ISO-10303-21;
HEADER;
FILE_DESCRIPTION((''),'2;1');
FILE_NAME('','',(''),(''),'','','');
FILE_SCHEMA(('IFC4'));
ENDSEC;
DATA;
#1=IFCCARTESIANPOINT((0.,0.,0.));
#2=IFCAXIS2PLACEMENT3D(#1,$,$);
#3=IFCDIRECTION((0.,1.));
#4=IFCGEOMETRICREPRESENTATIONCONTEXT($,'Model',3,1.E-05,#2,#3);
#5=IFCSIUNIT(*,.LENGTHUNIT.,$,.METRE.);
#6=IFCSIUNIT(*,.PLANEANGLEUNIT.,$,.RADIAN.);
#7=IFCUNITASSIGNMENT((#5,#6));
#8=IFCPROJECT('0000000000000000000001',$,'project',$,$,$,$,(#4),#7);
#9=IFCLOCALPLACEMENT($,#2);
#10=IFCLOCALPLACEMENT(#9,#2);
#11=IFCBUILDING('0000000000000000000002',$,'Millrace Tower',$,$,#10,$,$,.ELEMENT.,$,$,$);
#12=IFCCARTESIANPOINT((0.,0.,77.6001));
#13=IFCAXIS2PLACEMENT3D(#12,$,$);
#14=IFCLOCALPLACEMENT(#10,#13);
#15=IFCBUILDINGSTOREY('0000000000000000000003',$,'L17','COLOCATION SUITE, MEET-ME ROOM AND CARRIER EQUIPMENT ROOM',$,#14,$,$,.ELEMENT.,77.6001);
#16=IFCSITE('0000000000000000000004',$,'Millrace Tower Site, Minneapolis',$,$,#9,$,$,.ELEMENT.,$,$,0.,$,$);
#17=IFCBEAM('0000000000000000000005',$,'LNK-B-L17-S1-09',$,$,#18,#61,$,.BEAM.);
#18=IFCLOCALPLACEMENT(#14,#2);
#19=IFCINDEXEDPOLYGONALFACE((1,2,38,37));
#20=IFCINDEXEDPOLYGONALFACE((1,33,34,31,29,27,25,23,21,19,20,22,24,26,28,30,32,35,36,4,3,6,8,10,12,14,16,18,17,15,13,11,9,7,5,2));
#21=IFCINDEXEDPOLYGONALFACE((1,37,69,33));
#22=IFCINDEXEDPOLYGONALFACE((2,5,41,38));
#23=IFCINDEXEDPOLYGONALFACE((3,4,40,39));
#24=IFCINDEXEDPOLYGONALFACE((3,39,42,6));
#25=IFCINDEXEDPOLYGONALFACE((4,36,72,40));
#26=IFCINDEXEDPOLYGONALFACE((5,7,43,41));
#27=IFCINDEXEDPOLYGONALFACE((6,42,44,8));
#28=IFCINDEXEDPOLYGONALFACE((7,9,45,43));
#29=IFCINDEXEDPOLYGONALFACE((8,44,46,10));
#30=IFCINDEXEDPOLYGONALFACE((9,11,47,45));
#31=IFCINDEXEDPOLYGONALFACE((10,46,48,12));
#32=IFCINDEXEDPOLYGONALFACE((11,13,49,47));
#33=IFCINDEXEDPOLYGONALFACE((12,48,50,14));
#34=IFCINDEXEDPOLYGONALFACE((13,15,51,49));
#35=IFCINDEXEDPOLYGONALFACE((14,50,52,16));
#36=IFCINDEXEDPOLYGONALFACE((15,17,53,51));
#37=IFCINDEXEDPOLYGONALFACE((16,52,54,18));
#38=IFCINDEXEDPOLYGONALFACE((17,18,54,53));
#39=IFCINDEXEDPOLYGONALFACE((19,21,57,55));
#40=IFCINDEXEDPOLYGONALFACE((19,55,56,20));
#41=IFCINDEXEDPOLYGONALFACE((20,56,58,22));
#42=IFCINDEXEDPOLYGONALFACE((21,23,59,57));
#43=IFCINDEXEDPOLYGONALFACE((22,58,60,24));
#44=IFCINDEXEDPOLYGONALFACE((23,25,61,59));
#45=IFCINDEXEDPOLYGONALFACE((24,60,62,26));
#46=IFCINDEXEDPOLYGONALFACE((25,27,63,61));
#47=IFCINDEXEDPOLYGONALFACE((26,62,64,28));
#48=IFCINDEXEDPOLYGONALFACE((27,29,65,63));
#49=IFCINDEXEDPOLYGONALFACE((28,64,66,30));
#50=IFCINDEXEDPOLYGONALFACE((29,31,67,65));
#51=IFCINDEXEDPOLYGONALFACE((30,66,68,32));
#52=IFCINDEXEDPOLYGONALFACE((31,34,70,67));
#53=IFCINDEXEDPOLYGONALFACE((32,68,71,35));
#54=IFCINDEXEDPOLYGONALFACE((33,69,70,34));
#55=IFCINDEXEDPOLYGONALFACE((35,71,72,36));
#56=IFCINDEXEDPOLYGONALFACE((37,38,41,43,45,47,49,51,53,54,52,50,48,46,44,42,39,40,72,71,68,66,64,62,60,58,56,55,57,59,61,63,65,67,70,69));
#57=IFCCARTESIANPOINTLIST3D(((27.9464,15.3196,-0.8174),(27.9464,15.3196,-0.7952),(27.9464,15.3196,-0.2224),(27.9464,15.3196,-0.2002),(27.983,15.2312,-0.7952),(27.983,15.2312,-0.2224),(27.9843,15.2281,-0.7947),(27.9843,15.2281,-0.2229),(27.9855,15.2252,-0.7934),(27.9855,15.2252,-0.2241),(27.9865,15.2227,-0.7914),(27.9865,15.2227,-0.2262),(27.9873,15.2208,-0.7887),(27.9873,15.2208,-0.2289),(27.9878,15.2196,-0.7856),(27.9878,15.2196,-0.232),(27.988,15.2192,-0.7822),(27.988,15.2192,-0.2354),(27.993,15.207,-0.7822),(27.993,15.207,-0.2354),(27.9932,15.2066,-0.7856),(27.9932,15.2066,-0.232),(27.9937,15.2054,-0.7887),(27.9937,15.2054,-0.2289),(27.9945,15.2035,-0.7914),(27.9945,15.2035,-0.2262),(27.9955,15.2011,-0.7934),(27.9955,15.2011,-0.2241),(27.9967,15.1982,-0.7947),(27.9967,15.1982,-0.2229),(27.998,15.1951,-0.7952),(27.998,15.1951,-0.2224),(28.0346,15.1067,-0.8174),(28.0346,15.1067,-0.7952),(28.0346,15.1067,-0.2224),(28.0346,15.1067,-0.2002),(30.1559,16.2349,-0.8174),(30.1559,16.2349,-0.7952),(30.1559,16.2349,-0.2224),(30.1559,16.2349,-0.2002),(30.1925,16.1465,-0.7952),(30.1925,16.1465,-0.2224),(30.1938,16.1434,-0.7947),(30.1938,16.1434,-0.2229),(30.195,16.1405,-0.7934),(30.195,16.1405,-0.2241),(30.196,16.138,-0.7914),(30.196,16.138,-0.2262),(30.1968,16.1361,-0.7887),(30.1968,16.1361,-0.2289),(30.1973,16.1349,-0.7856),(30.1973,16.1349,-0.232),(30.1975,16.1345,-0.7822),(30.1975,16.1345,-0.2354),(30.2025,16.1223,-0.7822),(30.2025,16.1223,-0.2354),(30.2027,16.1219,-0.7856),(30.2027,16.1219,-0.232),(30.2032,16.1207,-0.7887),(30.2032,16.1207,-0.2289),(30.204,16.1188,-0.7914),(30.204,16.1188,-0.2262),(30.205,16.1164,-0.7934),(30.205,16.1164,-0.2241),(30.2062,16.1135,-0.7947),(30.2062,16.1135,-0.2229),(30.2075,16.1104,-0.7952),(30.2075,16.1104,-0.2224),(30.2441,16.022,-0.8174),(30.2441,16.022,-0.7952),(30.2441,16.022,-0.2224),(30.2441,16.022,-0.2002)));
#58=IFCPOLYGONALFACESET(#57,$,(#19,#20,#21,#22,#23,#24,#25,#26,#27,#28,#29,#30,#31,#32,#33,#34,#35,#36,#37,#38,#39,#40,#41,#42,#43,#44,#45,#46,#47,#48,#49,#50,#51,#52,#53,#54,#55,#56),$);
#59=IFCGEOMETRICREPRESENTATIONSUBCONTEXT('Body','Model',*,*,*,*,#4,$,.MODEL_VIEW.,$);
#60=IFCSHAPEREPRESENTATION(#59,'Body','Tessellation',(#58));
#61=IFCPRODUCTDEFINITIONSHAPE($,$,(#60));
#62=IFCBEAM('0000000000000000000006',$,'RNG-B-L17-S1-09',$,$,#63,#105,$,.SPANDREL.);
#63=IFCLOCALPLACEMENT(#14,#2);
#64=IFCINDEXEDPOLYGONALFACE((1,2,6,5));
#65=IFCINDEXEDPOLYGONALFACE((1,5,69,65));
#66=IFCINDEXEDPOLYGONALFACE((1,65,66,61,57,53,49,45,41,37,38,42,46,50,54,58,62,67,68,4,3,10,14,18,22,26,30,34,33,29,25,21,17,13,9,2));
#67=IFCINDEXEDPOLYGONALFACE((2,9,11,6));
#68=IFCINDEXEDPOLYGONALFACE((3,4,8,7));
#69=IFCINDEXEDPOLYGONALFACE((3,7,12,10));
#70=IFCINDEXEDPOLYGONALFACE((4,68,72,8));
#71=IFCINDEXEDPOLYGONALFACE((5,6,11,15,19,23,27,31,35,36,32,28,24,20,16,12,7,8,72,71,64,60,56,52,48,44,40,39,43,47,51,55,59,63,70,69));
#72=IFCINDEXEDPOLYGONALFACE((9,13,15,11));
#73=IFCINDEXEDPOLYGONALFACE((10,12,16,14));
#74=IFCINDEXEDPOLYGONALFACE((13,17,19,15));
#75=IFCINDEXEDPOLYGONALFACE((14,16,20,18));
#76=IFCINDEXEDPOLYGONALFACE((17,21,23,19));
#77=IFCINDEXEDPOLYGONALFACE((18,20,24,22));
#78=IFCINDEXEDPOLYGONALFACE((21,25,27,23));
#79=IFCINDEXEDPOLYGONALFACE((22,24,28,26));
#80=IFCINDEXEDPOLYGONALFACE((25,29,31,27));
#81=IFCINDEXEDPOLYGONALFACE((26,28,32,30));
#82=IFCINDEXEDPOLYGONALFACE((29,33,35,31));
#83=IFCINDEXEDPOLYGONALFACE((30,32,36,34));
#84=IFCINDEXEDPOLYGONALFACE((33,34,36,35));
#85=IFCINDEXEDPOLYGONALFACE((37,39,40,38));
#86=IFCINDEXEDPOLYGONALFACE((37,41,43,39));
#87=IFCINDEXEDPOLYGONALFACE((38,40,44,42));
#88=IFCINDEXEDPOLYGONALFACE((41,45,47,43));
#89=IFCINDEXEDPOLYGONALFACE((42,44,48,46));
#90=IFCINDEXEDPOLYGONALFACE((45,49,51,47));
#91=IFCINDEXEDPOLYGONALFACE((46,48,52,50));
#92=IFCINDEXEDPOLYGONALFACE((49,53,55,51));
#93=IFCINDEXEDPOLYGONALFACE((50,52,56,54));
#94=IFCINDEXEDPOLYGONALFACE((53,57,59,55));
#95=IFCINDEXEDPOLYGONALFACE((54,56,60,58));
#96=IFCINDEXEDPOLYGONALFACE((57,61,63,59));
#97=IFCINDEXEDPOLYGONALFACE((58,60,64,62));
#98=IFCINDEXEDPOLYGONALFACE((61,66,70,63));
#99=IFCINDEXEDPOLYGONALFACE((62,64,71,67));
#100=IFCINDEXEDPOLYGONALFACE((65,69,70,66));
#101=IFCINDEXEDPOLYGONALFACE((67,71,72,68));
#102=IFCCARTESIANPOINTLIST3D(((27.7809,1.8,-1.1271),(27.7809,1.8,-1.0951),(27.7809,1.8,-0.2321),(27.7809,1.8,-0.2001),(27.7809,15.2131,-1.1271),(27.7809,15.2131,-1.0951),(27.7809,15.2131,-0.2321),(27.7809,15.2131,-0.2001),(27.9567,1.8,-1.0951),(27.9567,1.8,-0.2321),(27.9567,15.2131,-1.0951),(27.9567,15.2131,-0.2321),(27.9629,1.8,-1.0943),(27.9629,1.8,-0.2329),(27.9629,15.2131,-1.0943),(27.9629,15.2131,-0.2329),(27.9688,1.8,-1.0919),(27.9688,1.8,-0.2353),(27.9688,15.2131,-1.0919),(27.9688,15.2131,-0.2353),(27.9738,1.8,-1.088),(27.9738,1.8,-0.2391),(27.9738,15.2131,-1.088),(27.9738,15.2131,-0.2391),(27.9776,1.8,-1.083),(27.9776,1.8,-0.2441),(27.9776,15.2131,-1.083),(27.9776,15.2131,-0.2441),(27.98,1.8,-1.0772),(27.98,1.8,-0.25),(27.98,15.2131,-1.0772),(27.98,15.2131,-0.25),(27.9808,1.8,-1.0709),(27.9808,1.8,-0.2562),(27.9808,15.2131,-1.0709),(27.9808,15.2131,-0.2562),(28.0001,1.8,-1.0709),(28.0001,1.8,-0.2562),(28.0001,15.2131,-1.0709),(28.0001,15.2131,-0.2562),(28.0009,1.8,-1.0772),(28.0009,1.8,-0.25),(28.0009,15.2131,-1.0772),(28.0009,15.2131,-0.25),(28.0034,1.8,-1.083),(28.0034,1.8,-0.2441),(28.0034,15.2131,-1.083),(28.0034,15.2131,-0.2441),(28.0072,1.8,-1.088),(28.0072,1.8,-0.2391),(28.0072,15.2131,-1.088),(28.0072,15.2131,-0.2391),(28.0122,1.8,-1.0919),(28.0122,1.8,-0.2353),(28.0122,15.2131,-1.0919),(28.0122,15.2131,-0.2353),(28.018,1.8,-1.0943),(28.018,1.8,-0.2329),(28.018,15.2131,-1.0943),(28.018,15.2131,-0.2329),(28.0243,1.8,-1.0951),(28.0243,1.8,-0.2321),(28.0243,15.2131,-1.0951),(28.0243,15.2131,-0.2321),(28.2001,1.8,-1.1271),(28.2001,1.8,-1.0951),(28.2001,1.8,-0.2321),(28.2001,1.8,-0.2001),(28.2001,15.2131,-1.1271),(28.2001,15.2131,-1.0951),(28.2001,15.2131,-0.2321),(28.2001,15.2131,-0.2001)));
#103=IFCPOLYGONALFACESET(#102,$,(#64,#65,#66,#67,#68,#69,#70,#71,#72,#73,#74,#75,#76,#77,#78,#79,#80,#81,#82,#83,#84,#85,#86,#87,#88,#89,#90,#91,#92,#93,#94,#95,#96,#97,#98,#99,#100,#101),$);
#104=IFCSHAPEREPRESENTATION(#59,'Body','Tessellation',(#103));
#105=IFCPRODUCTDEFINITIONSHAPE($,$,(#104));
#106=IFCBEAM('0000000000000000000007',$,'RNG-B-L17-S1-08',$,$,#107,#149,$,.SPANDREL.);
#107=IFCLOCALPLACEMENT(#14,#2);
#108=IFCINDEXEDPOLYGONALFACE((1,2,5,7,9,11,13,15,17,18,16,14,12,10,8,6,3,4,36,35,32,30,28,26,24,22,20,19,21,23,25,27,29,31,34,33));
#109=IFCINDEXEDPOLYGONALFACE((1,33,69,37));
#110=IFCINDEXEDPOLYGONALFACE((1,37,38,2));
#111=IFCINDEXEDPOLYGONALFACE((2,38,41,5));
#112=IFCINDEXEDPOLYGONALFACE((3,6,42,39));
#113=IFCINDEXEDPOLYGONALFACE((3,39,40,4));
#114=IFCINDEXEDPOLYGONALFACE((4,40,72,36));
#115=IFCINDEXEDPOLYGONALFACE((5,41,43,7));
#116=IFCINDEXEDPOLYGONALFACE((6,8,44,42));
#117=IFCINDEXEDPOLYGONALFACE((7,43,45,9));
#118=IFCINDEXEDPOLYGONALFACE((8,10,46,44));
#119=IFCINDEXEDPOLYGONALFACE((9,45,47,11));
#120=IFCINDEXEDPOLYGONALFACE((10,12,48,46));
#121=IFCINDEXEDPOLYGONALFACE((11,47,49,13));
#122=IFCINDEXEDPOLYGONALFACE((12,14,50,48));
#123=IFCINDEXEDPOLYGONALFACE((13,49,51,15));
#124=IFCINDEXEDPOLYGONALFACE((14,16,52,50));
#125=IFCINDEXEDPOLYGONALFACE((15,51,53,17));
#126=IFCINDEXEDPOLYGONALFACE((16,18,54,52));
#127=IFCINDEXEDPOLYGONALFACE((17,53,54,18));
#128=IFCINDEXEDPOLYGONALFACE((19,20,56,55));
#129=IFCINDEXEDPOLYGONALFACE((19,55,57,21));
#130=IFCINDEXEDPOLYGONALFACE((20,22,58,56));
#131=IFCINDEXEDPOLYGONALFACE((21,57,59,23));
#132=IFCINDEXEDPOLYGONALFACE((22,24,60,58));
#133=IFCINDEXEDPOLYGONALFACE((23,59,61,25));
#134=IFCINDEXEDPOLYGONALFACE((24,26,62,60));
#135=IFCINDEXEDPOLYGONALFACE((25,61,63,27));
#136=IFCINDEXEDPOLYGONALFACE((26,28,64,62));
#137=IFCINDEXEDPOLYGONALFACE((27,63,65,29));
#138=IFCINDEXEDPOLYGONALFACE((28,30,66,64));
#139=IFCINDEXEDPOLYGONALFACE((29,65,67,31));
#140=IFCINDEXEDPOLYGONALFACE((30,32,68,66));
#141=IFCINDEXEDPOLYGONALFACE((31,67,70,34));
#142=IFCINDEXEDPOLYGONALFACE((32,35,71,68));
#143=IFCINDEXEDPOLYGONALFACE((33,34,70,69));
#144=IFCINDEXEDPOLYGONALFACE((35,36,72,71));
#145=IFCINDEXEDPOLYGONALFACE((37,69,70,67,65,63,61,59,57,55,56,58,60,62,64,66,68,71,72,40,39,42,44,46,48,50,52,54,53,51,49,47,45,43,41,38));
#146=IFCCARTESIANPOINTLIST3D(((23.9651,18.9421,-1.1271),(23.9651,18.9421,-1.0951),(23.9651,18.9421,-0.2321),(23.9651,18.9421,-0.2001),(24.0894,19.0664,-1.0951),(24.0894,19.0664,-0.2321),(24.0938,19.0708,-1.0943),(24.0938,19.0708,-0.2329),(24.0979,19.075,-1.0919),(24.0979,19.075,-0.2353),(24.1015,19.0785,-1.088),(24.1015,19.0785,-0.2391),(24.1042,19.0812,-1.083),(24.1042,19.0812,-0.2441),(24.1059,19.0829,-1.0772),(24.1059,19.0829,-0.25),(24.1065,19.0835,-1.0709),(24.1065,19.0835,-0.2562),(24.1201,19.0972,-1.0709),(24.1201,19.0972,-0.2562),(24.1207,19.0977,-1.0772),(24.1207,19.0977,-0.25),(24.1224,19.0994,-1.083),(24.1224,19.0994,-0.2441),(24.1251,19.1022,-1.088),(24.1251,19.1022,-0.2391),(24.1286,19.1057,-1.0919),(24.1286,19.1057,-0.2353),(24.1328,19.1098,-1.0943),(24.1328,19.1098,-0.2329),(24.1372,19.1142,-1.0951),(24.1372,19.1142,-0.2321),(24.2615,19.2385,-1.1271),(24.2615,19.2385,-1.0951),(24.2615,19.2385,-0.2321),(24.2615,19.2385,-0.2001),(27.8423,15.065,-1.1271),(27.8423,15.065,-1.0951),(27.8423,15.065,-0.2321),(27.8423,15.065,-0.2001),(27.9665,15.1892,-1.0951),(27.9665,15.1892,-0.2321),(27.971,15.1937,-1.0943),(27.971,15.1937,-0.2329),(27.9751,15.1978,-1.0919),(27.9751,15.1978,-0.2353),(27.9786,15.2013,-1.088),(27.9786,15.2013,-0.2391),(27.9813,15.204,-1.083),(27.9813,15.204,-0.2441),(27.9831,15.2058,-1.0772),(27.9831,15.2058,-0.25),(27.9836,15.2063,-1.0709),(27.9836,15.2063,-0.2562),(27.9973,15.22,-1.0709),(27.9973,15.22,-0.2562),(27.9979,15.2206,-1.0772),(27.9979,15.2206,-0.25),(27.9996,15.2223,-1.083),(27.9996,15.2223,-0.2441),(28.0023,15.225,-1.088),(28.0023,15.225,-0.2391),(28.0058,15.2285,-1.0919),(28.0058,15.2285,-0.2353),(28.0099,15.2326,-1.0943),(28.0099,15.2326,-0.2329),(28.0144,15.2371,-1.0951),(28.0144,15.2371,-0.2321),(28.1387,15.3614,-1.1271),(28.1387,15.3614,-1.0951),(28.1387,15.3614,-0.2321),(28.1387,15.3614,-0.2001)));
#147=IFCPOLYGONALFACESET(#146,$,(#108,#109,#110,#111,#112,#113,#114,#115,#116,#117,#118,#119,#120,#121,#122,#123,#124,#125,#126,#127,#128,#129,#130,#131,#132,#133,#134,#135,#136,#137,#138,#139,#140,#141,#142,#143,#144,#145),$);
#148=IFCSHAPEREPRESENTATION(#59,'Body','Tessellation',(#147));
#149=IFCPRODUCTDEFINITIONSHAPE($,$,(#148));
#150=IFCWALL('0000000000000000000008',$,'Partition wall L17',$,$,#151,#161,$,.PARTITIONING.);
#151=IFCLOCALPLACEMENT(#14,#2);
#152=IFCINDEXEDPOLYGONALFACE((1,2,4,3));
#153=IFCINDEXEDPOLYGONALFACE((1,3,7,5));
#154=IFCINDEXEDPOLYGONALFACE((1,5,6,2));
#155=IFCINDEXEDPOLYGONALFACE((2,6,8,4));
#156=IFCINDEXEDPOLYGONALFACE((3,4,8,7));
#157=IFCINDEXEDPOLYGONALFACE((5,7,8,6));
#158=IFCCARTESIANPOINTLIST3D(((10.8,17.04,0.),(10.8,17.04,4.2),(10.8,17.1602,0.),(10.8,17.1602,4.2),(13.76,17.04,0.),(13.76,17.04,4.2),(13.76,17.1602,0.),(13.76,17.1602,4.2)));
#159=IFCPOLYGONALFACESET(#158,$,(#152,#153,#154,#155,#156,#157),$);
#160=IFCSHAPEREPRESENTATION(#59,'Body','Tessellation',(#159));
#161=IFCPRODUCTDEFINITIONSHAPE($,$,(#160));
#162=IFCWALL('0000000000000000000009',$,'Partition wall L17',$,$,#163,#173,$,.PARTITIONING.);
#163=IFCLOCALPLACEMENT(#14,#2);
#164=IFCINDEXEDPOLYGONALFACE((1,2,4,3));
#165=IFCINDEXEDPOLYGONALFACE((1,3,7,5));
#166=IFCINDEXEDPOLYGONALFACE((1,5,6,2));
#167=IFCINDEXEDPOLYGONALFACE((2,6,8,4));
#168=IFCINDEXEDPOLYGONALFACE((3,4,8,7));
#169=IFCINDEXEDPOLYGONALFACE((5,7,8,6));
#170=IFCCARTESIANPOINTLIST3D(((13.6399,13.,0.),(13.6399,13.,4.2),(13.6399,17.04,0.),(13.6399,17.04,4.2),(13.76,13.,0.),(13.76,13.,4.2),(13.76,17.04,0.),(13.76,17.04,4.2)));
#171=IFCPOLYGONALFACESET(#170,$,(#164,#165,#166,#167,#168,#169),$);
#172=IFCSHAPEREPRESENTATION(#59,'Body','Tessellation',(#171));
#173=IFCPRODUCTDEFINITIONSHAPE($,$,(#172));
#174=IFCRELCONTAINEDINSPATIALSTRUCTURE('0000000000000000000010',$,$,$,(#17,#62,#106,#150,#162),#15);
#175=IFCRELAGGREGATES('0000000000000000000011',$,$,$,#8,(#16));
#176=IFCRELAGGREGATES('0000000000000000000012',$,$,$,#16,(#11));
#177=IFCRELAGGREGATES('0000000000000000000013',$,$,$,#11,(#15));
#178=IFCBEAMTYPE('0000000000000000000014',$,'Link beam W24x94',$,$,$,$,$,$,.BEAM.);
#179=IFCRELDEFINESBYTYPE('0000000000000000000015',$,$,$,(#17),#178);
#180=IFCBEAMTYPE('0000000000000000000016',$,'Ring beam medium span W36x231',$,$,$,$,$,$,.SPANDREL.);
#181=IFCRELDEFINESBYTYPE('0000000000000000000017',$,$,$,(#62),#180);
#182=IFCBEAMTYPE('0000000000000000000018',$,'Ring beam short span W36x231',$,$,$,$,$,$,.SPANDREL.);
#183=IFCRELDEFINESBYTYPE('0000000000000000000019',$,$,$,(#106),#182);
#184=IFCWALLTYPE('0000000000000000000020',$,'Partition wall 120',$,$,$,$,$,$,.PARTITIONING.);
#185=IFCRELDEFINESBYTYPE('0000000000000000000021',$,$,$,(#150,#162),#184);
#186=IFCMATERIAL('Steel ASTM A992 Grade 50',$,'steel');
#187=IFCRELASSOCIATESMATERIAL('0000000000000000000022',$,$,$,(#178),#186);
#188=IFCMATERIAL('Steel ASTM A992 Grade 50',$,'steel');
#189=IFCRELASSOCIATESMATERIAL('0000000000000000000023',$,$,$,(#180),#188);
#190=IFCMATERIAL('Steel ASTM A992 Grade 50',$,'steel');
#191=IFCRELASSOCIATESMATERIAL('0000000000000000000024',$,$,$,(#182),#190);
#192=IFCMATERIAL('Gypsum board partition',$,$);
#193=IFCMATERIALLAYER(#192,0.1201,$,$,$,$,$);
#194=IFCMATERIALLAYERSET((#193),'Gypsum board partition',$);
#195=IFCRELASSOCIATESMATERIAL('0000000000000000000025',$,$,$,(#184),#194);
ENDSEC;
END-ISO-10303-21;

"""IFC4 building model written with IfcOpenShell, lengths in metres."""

from ifc_helpers import new_model, si_unit, direction, frame, frame_2d, origin, origin_2d, place, context, subcontext, project, spatial, rectangle, i_section, extrude, material, layer, layer_set, material_profile, profile_set, type_object, element, save


model = new_model("IFC4")

# Units and contexts
model_context = context("Model", 3, precision=1e-05, world=origin(), true_north=direction((0.0, 1.0)))
body_context = subcontext(model_context, "Body", "Model", "MODEL_VIEW")
ifc_project = project(units=[si_unit("LENGTHUNIT", "METRE"), si_unit("PLANEANGLEUNIT", "RADIAN")], contexts=[model_context])

# Site, building, storey
site_placement = place(None, origin())
site = spatial("IfcSite", under=ifc_project, at=site_placement, Name="Millrace Tower Site, Minneapolis", CompositionType="ELEMENT", RefElevation=0.0)
building_placement = place(site_placement, origin())
building = spatial("IfcBuilding", under=site, at=building_placement, Name="Millrace Tower", CompositionType="ELEMENT")
storey_placement = place(building_placement, frame((0.0, 0.0, 77.6001)))
storey = spatial("IfcBuildingStorey", under=building, at=storey_placement, Name="L17", Description="COLOCATION SUITE, MEET-ME ROOM AND CARRIER EQUIPMENT ROOM", CompositionType="ELEMENT", Elevation=77.6001)

# Beams
ifc_material_1 = material(Name="Steel ASTM A992 Grade 50", Category="steel")
ifc_material_profile_1 = material_profile(ifc_material_1, i_section(OverallWidth=0.2305, OverallDepth=0.6172, WebThickness=0.0132, FlangeThickness=0.0222, FilletRadius=0.0129, at=origin_2d()))
ifc_profile_set_1 = profile_set([ifc_material_profile_1], Name="Steel ASTM A992 Grade 50")
beam_type_1 = type_object("IfcBeamType", Name="Link beam W24x94", PredefinedType="BEAM", material=ifc_profile_set_1)
for number, where, z_axis, x_axis, name in (
    (1, (27.9905, 15.2131, -0.5088), (0.923866, 0.382715, 0.0), (-0.382715, 0.923866, 0.0), "LNK-B-L17-S1-09"),
):
    element("IfcBeam", number, at=place(storey_placement, frame(where, z_axis=z_axis, x_axis=x_axis)), inside=storey, type_object=beam_type_1, Name=name, PredefinedType="BEAM", context=body_context, shape_type="SweptSolid", body=[
        extrude(i_section(OverallWidth=0.2305, OverallDepth=0.6172, WebThickness=0.0132, FlangeThickness=0.0222, FilletRadius=0.0129, at=origin_2d()), origin(), (0.0, 0.0, 1.0), 2.3916),
    ])
ifc_material_2 = material(Name="Steel ASTM A992 Grade 50", Category="steel")
ifc_material_profile_2 = material_profile(ifc_material_2, i_section(OverallWidth=0.4192, OverallDepth=0.927, WebThickness=0.0193, FlangeThickness=0.032, FilletRadius=0.0242, at=origin_2d()))
ifc_profile_set_2 = profile_set([ifc_material_profile_2], Name="Steel ASTM A992 Grade 50")
beam_type_2 = type_object("IfcBeamType", Name="Ring beam medium span W36x231", PredefinedType="SPANDREL", material=ifc_profile_set_2)
beam_1_placement = place(storey_placement, frame((27.9905, 15.2131, -0.6636), z_axis=(0.0, -1.0, 0.0), x_axis=(1.0, 0.0, 0.0)))
element("IfcBeam", 2, at=beam_1_placement, inside=storey, type_object=beam_type_2, Name="RNG-B-L17-S1-09", PredefinedType="SPANDREL", context=body_context, shape_type="SweptSolid", body=[
    extrude(i_section(OverallWidth=0.4192, OverallDepth=0.927, WebThickness=0.0193, FlangeThickness=0.032, FilletRadius=0.0242, at=origin_2d()), origin(), (0.0, 0.0, 1.0), 13.4131),
])
ifc_material_3 = material(Name="Steel ASTM A992 Grade 50", Category="steel")
ifc_material_profile_3 = material_profile(ifc_material_3, i_section(OverallWidth=0.4192, OverallDepth=0.927, WebThickness=0.0193, FlangeThickness=0.032, FilletRadius=0.0242, at=origin_2d()))
ifc_profile_set_3 = profile_set([ifc_material_profile_3], Name="Steel ASTM A992 Grade 50")
beam_type_3 = type_object("IfcBeamType", Name="Ring beam short span W36x231", PredefinedType="SPANDREL", material=ifc_profile_set_3)
beam_2_placement = place(storey_placement, frame((24.1133, 19.0903, -0.6636), z_axis=(0.707107, -0.707107, 0.0), x_axis=(0.707107, 0.707107, 0.0)))
element("IfcBeam", 3, at=beam_2_placement, inside=storey, type_object=beam_type_3, Name="RNG-B-L17-S1-08", PredefinedType="SPANDREL", context=body_context, shape_type="SweptSolid", body=[
    extrude(i_section(OverallWidth=0.4192, OverallDepth=0.927, WebThickness=0.0193, FlangeThickness=0.032, FilletRadius=0.0242, at=origin_2d()), origin(), (0.0, 0.0, 1.0), 5.4832),
])

# Walls
ifc_material_4 = material(Name="Gypsum board partition")
ifc_layer_1 = layer(ifc_material_4, 0.1201)
ifc_layer_set_1 = layer_set([ifc_layer_1], Name="Gypsum board partition")
wall_type = type_object("IfcWallType", Name="Partition wall 120", PredefinedType="PARTITIONING", material=ifc_layer_set_1)
wall_1_placement = place(storey_placement, frame((10.8, 17.1001, 0.0), z_axis=(0.0, 0.0, 1.0), x_axis=(1.0, 0.0, 0.0)))
element("IfcWall", 4, at=wall_1_placement, inside=storey, type_object=wall_type, Name="Partition wall L17", PredefinedType="PARTITIONING", context=body_context, shape_type="SweptSolid", body=[
    extrude(rectangle(XDim=2.96, YDim=0.1201, at=frame_2d((1.48, 0.0))), origin(), (0.0, 0.0, 1.0), 4.2),
])
wall_2_placement = place(storey_placement, frame((13.7, 13.0, 0.0), z_axis=(0.0, 0.0, 1.0), x_axis=(0.0, 1.0, 0.0)))
element("IfcWall", 5, at=wall_2_placement, inside=storey, type_object=wall_type, Name="Partition wall L17", PredefinedType="PARTITIONING", context=body_context, shape_type="SweptSolid", body=[
    extrude(rectangle(XDim=4.04, YDim=0.1201, at=frame_2d((2.02, 0.0))), origin(), (0.0, 0.0, 1.0), 4.2),
])

save(model, "model.ifc")
